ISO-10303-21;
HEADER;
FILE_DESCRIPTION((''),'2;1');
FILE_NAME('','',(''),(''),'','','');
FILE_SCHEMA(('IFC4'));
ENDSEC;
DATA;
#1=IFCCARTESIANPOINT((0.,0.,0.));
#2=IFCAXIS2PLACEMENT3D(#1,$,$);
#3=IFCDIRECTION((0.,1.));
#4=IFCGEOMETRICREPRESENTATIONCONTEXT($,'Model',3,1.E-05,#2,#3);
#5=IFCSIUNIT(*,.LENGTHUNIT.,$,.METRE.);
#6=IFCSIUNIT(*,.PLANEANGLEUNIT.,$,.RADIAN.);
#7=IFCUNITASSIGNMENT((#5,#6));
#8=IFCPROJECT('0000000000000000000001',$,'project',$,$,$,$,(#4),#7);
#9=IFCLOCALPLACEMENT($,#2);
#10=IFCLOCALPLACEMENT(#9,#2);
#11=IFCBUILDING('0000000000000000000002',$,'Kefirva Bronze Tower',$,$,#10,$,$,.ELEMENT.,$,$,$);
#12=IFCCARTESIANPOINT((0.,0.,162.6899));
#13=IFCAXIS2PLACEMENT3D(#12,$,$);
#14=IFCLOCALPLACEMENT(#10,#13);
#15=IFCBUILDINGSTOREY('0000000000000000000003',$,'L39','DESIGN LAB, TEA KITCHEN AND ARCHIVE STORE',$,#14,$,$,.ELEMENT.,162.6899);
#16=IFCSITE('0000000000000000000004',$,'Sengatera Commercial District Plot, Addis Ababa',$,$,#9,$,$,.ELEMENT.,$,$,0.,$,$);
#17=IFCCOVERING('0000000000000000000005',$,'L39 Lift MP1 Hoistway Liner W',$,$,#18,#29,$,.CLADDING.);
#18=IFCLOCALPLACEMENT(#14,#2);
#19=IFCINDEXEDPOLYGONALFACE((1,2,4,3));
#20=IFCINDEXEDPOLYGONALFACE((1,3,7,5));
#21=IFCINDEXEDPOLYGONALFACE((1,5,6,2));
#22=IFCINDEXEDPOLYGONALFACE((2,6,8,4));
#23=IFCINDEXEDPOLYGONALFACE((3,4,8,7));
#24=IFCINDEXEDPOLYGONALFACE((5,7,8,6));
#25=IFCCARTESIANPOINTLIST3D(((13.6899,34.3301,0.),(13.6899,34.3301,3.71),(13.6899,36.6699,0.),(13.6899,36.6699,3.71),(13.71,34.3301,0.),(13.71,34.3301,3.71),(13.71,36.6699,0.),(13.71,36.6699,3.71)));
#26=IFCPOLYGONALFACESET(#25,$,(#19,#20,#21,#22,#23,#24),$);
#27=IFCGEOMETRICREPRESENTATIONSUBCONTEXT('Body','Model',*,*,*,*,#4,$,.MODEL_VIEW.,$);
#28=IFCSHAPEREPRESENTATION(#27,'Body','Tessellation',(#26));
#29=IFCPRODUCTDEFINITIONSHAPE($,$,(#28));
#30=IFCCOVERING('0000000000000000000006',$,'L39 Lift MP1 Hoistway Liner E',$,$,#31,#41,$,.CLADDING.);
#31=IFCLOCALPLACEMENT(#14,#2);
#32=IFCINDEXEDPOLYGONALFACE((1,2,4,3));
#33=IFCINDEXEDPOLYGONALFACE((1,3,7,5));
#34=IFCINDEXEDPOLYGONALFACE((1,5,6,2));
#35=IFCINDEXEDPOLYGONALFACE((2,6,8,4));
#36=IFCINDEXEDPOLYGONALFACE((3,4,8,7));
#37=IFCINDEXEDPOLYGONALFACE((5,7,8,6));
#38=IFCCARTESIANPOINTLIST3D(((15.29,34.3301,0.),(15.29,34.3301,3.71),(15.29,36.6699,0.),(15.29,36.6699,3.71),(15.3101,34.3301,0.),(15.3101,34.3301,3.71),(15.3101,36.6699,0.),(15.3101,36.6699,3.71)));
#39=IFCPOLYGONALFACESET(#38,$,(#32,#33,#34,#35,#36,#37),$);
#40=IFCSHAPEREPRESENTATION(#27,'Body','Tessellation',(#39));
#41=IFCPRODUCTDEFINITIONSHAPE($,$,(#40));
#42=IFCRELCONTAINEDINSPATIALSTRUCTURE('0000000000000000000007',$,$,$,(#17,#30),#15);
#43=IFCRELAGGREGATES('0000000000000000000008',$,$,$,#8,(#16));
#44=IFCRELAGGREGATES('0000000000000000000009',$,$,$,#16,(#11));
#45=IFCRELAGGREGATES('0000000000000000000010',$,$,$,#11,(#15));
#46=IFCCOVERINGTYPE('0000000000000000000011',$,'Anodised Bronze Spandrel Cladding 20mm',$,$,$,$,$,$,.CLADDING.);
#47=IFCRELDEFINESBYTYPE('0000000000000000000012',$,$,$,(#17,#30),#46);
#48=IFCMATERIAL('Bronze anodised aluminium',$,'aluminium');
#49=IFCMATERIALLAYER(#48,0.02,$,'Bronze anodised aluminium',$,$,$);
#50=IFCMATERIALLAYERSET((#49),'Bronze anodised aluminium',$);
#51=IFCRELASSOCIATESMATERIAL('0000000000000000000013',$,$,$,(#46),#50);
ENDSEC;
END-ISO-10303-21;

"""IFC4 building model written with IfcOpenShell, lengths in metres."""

from ifc_helpers import new_model, si_unit, direction, frame, origin, place, context, subcontext, project, spatial, polyline, outline, extrude, material, layer, layer_set, type_object, element, save


model = new_model("IFC4")

# Units and contexts
model_context = context("Model", 3, precision=1e-05, world=origin(), true_north=direction((0.0, 1.0)))
body_context = subcontext(model_context, "Body", "Model", "MODEL_VIEW")
ifc_project = project(units=[si_unit("LENGTHUNIT", "METRE"), si_unit("PLANEANGLEUNIT", "RADIAN")], contexts=[model_context])

# Site, building, storey
site_placement = place(None, origin())
site = spatial("IfcSite", under=ifc_project, at=site_placement, Name="Sengatera Commercial District Plot, Addis Ababa", CompositionType="ELEMENT", RefElevation=0.0)
building_placement = place(site_placement, origin())
building = spatial("IfcBuilding", under=site, at=building_placement, Name="Kefirva Bronze Tower", CompositionType="ELEMENT")
storey_placement = place(building_placement, frame((0.0, 0.0, 162.6899)))
storey = spatial("IfcBuildingStorey", under=building, at=storey_placement, Name="L39", Description="DESIGN LAB, TEA KITCHEN AND ARCHIVE STORE", CompositionType="ELEMENT", Elevation=162.6899)

# Coverings
ifc_material_1 = material(Name="Bronze anodised aluminium", Category="aluminium")
ifc_layer_1 = layer(ifc_material_1, 0.02, Name="Bronze anodised aluminium")
ifc_layer_set_1 = layer_set([ifc_layer_1], Name="Bronze anodised aluminium")
covering_type = type_object("IfcCoveringType", Name="Anodised Bronze Spandrel Cladding 20mm", PredefinedType="CLADDING", material=ifc_layer_set_1)
covering_1_placement = place(storey_placement, origin())
element("IfcCovering", 1, at=covering_1_placement, inside=storey, type_object=covering_type, Name="L39 Lift MP1 Hoistway Liner W", PredefinedType="CLADDING", context=body_context, shape_type="SweptSolid", body=[
    extrude(outline(polyline([(13.6899, 34.3301), (13.71, 34.3301), (13.71, 36.6699), (13.6899, 36.6699), (13.6899, 34.3301)])), origin(), (0.0, 0.0, 1.0), 3.71),
])
covering_2_placement = place(storey_placement, origin())
element("IfcCovering", 2, at=covering_2_placement, inside=storey, type_object=covering_type, Name="L39 Lift MP1 Hoistway Liner E", PredefinedType="CLADDING", context=body_context, shape_type="SweptSolid", body=[
    extrude(outline(polyline([(15.29, 34.3301), (15.3101, 34.3301), (15.3101, 36.6699), (15.29, 36.6699), (15.29, 34.3301)])), origin(), (0.0, 0.0, 1.0), 3.71),
])

save(model, "model.ifc")
